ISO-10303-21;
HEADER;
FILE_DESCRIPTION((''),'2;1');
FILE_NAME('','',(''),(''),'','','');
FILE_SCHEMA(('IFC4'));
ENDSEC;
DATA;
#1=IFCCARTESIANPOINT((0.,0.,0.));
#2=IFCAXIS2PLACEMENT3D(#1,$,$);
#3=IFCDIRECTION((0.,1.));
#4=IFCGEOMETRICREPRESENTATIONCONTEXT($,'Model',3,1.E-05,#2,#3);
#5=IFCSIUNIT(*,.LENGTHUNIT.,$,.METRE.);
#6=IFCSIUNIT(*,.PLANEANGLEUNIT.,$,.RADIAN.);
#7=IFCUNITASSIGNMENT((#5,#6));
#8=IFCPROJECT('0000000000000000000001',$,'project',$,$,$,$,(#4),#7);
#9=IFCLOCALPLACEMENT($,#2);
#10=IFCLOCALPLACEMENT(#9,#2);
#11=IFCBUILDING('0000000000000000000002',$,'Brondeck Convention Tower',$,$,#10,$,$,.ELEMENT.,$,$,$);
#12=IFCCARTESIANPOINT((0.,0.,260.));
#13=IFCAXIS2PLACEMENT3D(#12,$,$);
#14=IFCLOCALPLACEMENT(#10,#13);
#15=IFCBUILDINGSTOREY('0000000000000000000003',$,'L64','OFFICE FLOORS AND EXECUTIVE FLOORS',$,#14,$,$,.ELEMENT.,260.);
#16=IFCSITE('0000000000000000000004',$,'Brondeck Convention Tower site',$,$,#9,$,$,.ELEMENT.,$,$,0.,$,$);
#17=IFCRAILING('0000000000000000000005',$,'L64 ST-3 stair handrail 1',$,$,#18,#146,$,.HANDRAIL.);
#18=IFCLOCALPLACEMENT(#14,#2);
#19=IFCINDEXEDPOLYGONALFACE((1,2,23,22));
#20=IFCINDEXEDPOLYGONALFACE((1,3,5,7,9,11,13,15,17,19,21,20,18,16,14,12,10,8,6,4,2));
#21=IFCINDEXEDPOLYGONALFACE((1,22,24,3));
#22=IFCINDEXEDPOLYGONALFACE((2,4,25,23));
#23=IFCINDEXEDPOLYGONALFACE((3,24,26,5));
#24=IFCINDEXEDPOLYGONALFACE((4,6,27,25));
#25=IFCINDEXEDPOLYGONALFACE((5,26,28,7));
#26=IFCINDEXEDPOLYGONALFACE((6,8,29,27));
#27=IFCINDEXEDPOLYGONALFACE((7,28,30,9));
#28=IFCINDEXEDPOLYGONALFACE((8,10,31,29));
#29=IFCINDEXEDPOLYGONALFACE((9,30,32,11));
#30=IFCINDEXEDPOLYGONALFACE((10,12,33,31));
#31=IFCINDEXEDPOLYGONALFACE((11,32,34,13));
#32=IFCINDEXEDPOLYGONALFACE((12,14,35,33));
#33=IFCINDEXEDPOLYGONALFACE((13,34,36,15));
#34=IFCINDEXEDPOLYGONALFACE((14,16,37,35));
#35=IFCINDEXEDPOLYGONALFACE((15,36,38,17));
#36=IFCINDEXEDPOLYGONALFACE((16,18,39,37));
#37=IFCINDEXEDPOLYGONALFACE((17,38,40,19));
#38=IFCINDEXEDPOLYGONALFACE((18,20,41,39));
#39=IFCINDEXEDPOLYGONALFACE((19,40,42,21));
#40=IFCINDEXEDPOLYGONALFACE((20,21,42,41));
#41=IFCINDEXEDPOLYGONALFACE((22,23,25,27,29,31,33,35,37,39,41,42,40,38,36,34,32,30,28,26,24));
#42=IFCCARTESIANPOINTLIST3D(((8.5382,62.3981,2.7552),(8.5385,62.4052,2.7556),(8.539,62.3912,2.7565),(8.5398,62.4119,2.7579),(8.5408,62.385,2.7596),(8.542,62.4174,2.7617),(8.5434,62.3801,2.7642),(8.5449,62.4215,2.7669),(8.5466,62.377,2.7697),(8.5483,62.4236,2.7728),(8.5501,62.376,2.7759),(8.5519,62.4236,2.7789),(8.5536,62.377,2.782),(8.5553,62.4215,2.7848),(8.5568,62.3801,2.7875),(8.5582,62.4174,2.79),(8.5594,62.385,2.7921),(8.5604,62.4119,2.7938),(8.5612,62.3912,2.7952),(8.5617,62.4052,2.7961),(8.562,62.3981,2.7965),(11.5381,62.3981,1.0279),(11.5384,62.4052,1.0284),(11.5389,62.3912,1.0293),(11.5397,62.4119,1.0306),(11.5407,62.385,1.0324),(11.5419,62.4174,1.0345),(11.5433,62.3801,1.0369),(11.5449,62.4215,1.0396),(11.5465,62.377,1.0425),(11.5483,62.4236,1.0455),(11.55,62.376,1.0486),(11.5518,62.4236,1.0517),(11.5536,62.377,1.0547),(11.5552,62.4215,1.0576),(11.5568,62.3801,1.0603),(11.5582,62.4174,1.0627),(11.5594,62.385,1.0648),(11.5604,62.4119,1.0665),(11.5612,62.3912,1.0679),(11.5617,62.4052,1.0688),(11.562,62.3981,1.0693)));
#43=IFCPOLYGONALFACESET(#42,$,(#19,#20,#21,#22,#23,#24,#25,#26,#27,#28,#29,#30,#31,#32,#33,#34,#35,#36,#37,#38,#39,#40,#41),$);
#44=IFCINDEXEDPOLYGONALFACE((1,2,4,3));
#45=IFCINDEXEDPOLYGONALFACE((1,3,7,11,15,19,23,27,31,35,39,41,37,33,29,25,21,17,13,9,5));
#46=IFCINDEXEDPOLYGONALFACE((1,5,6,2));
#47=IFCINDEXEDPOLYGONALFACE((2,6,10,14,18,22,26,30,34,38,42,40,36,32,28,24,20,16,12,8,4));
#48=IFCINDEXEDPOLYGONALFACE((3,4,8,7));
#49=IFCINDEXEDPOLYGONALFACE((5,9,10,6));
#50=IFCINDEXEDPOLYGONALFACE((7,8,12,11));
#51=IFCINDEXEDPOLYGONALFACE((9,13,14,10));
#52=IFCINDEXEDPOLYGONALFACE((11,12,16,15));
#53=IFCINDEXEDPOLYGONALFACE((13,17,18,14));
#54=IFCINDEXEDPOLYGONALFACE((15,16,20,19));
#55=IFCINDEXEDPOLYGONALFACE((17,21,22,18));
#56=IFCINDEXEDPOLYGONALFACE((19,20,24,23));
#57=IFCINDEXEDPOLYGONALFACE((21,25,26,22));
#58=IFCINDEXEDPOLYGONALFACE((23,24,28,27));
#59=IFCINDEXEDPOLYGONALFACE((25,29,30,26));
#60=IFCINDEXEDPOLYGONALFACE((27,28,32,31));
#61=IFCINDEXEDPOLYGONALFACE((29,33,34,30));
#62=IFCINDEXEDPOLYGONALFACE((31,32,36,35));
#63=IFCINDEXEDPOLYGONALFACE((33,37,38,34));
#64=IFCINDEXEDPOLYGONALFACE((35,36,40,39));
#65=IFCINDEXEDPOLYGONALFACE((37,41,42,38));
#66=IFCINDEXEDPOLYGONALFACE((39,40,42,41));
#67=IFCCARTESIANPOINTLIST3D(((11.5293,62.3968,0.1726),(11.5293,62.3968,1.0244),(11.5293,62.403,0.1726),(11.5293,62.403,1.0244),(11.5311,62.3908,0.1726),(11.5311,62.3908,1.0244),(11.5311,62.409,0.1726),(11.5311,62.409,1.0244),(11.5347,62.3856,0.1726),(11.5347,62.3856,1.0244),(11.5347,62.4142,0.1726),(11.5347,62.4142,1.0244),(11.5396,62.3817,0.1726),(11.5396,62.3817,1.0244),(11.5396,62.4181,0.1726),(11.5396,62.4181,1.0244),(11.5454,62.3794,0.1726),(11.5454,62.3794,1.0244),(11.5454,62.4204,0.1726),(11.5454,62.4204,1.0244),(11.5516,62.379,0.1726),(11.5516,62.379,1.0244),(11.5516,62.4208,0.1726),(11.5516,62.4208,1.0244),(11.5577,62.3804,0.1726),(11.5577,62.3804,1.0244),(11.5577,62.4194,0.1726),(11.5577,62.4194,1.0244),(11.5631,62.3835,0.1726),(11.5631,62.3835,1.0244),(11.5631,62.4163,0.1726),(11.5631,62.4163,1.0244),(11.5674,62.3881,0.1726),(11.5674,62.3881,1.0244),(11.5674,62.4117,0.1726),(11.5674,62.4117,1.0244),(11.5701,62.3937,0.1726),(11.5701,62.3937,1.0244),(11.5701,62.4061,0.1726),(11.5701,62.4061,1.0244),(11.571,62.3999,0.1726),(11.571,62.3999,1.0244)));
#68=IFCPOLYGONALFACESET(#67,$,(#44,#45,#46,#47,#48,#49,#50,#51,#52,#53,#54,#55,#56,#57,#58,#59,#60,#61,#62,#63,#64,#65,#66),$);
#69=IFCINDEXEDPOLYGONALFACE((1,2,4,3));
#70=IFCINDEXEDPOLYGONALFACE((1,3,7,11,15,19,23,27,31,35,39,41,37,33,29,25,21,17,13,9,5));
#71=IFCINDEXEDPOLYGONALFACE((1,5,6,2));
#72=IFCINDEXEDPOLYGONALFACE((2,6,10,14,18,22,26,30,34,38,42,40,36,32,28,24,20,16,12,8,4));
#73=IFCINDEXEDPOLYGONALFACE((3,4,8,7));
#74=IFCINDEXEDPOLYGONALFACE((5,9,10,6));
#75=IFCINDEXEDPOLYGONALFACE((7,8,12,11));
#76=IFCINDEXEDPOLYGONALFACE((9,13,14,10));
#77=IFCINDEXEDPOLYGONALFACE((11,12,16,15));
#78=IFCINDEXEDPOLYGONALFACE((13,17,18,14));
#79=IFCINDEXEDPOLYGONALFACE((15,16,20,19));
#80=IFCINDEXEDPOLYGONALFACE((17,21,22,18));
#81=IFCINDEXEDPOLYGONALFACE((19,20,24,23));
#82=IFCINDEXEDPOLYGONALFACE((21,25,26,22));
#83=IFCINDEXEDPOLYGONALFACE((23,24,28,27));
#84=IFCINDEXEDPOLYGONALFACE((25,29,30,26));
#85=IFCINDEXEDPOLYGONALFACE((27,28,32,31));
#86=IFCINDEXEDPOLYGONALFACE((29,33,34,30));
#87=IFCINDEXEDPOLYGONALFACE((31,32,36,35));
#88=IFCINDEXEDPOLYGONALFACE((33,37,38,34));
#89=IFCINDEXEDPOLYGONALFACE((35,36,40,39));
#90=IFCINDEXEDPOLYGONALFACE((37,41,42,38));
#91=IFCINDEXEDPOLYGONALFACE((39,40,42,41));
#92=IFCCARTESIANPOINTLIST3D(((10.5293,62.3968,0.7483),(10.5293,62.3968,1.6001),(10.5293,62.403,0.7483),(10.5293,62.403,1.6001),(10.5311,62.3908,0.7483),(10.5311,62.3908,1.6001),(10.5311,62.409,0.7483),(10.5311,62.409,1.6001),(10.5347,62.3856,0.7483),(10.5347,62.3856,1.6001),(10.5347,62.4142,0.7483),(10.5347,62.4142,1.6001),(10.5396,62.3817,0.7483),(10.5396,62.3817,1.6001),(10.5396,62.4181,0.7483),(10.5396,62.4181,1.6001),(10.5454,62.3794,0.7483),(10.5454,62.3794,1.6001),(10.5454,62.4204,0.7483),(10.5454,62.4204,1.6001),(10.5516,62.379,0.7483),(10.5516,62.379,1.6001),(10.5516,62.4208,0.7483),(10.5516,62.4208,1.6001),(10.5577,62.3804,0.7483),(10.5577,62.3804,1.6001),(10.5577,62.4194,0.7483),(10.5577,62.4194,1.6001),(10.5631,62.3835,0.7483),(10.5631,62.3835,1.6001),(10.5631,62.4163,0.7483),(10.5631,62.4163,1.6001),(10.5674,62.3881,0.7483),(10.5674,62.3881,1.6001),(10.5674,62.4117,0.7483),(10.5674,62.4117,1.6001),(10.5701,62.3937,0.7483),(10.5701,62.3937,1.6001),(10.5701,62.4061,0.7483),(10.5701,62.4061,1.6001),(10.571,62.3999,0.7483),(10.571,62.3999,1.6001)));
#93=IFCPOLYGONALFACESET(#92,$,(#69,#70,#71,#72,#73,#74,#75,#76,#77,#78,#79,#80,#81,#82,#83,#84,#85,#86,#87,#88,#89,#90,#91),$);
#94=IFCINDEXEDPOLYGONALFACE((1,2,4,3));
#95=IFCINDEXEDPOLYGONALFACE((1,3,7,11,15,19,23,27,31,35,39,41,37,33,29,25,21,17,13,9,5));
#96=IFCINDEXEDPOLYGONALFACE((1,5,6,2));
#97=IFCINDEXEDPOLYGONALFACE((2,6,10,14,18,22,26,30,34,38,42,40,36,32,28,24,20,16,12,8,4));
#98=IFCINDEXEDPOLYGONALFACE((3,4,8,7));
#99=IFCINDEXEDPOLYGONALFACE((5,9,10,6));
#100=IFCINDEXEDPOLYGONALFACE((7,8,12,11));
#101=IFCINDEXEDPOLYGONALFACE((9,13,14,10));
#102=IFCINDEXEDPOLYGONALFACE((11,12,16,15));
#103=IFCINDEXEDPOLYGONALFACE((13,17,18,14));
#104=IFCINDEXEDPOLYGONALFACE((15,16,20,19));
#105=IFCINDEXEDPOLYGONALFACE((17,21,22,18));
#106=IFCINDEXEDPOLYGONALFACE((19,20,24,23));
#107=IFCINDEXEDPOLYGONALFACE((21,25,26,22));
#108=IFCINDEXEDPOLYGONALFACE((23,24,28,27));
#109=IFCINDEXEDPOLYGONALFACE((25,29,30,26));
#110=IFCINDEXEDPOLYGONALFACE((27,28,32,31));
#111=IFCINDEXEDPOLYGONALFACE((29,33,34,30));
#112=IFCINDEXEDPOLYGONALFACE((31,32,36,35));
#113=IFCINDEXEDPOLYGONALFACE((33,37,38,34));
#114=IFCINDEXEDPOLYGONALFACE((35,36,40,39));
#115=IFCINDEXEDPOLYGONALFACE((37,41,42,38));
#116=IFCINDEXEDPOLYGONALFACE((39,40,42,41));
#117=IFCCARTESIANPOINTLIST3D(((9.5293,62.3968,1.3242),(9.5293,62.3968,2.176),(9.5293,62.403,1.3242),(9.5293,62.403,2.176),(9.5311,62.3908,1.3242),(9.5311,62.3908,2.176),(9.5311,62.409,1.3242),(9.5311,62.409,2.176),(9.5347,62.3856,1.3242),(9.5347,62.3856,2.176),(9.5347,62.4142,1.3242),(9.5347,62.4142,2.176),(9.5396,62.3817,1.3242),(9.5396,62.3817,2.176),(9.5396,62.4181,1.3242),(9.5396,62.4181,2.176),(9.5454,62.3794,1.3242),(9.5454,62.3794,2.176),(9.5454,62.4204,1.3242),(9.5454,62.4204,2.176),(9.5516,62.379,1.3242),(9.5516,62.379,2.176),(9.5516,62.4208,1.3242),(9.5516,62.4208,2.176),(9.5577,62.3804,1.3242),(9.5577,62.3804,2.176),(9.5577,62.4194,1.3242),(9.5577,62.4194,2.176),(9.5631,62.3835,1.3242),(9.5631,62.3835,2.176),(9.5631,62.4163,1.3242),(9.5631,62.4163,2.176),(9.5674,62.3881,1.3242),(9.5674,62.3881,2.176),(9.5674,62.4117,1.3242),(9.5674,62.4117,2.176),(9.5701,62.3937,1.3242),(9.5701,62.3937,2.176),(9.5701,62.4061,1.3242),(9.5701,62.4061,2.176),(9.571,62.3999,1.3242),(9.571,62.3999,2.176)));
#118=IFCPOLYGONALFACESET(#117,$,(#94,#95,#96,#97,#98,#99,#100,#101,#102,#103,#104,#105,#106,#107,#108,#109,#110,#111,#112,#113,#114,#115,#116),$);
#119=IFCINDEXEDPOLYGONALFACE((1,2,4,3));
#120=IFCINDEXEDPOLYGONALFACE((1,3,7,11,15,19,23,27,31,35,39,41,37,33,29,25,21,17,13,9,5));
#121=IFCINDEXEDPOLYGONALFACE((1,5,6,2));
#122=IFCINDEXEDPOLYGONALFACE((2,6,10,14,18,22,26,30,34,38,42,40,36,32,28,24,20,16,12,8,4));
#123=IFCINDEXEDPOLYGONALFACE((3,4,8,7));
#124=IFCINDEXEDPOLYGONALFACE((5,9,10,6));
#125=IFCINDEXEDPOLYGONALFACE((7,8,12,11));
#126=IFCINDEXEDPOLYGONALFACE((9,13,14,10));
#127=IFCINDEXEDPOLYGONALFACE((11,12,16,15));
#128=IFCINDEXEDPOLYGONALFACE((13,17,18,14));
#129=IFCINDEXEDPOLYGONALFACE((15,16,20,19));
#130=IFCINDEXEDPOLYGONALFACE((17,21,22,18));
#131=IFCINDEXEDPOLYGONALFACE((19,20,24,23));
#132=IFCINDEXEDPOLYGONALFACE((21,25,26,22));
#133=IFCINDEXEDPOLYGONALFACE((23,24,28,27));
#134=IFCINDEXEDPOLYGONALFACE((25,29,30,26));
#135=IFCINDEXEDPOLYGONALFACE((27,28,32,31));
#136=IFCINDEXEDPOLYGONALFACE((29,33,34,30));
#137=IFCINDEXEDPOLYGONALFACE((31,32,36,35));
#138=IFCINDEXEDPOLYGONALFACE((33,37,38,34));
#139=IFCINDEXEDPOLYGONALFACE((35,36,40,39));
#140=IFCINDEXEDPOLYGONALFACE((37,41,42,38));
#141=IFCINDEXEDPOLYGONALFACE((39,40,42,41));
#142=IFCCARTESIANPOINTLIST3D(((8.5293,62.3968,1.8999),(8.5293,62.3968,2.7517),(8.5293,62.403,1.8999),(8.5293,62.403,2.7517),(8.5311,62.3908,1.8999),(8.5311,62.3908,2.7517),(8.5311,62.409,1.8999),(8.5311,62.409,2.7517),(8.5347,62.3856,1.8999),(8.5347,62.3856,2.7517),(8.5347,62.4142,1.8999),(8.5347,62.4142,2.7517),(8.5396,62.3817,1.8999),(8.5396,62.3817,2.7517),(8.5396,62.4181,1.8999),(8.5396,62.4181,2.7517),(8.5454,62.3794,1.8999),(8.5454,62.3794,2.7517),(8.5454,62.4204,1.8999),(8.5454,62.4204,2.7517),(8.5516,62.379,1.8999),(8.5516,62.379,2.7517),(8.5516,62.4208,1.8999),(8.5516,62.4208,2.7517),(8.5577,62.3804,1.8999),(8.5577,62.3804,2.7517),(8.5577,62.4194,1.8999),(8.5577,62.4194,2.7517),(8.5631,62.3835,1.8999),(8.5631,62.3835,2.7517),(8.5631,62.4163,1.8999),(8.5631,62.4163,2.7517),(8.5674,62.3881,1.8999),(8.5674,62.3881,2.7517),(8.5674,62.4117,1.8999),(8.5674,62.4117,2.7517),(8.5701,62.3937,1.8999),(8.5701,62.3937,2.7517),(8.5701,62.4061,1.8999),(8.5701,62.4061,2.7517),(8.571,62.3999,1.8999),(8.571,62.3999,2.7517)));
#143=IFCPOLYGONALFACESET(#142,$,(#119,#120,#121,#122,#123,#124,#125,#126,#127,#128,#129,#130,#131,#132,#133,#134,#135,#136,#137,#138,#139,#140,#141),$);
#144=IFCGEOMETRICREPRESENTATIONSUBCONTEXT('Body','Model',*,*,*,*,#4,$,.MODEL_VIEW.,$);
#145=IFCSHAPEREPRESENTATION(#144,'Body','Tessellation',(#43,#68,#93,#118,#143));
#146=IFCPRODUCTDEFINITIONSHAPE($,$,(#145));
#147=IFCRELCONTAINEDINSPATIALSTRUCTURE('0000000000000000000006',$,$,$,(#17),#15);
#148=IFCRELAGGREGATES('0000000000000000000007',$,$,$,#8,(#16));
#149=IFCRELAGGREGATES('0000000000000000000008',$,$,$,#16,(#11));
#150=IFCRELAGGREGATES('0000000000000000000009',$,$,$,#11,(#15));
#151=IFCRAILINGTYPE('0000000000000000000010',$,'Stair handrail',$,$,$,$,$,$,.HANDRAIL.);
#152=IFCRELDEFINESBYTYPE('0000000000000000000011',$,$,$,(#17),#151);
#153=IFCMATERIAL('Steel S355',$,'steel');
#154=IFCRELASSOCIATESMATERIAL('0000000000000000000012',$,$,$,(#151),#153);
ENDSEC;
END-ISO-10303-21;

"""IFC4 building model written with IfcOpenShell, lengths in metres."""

from ifc_helpers import new_model, si_unit, direction, frame, origin, origin_2d, place, context, subcontext, project, spatial, circle, extrude, material, type_object, element, save


model = new_model("IFC4")

# Units and contexts
model_context = context("Model", 3, precision=1e-05, world=origin(), true_north=direction((0.0, 1.0)))
body_context = subcontext(model_context, "Body", "Model", "MODEL_VIEW")
ifc_project = project(units=[si_unit("LENGTHUNIT", "METRE"), si_unit("PLANEANGLEUNIT", "RADIAN")], contexts=[model_context])

# Site, building, storey
site_placement = place(None, origin())
site = spatial("IfcSite", under=ifc_project, at=site_placement, Name="Brondeck Convention Tower site", CompositionType="ELEMENT", RefElevation=0.0)
building_placement = place(site_placement, origin())
building = spatial("IfcBuilding", under=site, at=building_placement, Name="Brondeck Convention Tower", CompositionType="ELEMENT")
storey_placement = place(building_placement, frame((0.0, 0.0, 260.0)))
storey = spatial("IfcBuildingStorey", under=building, at=storey_placement, Name="L64", Description="OFFICE FLOORS AND EXECUTIVE FLOORS", CompositionType="ELEMENT", Elevation=260.0)

# Railing
ifc_material_1 = material(Name="Steel S355", Category="steel")
railing_type_1 = type_object("IfcRailingType", Name="Stair handrail", PredefinedType="HANDRAIL", material=ifc_material_1)
railing_1_placement = place(storey_placement, frame((11.55, 62.3999, 0.1726)))
element("IfcRailing", 1, at=railing_1_placement, inside=storey, type_object=railing_type_1, Name="L64 ST-3 stair handrail 1", PredefinedType="HANDRAIL", context=body_context, shape_type="SweptSolid", body=[
    extrude(circle(Radius=0.0239, at=origin_2d()), frame((0.0, 0.0, 0.876), z_axis=(-0.86662, 0.0, 0.498969), x_axis=(0.0, -1.0, 0.0)), (0.0, 0.0, 1.0), 3.4617),
    extrude(circle(Radius=0.021, at=origin_2d()), origin(), (0.0, 0.0, 1.0), 0.8518),
    extrude(circle(Radius=0.021, at=origin_2d()), frame((-1.0, 0.0, 0.5757)), (0.0, 0.0, 1.0), 0.8518),
    extrude(circle(Radius=0.021, at=origin_2d()), frame((-2.0, 0.0, 1.1516)), (0.0, 0.0, 1.0), 0.8518),
    extrude(circle(Radius=0.021, at=origin_2d()), frame((-3.0, 0.0, 1.7273)), (0.0, 0.0, 1.0), 0.8518),
])

save(model, "model.ifc")
